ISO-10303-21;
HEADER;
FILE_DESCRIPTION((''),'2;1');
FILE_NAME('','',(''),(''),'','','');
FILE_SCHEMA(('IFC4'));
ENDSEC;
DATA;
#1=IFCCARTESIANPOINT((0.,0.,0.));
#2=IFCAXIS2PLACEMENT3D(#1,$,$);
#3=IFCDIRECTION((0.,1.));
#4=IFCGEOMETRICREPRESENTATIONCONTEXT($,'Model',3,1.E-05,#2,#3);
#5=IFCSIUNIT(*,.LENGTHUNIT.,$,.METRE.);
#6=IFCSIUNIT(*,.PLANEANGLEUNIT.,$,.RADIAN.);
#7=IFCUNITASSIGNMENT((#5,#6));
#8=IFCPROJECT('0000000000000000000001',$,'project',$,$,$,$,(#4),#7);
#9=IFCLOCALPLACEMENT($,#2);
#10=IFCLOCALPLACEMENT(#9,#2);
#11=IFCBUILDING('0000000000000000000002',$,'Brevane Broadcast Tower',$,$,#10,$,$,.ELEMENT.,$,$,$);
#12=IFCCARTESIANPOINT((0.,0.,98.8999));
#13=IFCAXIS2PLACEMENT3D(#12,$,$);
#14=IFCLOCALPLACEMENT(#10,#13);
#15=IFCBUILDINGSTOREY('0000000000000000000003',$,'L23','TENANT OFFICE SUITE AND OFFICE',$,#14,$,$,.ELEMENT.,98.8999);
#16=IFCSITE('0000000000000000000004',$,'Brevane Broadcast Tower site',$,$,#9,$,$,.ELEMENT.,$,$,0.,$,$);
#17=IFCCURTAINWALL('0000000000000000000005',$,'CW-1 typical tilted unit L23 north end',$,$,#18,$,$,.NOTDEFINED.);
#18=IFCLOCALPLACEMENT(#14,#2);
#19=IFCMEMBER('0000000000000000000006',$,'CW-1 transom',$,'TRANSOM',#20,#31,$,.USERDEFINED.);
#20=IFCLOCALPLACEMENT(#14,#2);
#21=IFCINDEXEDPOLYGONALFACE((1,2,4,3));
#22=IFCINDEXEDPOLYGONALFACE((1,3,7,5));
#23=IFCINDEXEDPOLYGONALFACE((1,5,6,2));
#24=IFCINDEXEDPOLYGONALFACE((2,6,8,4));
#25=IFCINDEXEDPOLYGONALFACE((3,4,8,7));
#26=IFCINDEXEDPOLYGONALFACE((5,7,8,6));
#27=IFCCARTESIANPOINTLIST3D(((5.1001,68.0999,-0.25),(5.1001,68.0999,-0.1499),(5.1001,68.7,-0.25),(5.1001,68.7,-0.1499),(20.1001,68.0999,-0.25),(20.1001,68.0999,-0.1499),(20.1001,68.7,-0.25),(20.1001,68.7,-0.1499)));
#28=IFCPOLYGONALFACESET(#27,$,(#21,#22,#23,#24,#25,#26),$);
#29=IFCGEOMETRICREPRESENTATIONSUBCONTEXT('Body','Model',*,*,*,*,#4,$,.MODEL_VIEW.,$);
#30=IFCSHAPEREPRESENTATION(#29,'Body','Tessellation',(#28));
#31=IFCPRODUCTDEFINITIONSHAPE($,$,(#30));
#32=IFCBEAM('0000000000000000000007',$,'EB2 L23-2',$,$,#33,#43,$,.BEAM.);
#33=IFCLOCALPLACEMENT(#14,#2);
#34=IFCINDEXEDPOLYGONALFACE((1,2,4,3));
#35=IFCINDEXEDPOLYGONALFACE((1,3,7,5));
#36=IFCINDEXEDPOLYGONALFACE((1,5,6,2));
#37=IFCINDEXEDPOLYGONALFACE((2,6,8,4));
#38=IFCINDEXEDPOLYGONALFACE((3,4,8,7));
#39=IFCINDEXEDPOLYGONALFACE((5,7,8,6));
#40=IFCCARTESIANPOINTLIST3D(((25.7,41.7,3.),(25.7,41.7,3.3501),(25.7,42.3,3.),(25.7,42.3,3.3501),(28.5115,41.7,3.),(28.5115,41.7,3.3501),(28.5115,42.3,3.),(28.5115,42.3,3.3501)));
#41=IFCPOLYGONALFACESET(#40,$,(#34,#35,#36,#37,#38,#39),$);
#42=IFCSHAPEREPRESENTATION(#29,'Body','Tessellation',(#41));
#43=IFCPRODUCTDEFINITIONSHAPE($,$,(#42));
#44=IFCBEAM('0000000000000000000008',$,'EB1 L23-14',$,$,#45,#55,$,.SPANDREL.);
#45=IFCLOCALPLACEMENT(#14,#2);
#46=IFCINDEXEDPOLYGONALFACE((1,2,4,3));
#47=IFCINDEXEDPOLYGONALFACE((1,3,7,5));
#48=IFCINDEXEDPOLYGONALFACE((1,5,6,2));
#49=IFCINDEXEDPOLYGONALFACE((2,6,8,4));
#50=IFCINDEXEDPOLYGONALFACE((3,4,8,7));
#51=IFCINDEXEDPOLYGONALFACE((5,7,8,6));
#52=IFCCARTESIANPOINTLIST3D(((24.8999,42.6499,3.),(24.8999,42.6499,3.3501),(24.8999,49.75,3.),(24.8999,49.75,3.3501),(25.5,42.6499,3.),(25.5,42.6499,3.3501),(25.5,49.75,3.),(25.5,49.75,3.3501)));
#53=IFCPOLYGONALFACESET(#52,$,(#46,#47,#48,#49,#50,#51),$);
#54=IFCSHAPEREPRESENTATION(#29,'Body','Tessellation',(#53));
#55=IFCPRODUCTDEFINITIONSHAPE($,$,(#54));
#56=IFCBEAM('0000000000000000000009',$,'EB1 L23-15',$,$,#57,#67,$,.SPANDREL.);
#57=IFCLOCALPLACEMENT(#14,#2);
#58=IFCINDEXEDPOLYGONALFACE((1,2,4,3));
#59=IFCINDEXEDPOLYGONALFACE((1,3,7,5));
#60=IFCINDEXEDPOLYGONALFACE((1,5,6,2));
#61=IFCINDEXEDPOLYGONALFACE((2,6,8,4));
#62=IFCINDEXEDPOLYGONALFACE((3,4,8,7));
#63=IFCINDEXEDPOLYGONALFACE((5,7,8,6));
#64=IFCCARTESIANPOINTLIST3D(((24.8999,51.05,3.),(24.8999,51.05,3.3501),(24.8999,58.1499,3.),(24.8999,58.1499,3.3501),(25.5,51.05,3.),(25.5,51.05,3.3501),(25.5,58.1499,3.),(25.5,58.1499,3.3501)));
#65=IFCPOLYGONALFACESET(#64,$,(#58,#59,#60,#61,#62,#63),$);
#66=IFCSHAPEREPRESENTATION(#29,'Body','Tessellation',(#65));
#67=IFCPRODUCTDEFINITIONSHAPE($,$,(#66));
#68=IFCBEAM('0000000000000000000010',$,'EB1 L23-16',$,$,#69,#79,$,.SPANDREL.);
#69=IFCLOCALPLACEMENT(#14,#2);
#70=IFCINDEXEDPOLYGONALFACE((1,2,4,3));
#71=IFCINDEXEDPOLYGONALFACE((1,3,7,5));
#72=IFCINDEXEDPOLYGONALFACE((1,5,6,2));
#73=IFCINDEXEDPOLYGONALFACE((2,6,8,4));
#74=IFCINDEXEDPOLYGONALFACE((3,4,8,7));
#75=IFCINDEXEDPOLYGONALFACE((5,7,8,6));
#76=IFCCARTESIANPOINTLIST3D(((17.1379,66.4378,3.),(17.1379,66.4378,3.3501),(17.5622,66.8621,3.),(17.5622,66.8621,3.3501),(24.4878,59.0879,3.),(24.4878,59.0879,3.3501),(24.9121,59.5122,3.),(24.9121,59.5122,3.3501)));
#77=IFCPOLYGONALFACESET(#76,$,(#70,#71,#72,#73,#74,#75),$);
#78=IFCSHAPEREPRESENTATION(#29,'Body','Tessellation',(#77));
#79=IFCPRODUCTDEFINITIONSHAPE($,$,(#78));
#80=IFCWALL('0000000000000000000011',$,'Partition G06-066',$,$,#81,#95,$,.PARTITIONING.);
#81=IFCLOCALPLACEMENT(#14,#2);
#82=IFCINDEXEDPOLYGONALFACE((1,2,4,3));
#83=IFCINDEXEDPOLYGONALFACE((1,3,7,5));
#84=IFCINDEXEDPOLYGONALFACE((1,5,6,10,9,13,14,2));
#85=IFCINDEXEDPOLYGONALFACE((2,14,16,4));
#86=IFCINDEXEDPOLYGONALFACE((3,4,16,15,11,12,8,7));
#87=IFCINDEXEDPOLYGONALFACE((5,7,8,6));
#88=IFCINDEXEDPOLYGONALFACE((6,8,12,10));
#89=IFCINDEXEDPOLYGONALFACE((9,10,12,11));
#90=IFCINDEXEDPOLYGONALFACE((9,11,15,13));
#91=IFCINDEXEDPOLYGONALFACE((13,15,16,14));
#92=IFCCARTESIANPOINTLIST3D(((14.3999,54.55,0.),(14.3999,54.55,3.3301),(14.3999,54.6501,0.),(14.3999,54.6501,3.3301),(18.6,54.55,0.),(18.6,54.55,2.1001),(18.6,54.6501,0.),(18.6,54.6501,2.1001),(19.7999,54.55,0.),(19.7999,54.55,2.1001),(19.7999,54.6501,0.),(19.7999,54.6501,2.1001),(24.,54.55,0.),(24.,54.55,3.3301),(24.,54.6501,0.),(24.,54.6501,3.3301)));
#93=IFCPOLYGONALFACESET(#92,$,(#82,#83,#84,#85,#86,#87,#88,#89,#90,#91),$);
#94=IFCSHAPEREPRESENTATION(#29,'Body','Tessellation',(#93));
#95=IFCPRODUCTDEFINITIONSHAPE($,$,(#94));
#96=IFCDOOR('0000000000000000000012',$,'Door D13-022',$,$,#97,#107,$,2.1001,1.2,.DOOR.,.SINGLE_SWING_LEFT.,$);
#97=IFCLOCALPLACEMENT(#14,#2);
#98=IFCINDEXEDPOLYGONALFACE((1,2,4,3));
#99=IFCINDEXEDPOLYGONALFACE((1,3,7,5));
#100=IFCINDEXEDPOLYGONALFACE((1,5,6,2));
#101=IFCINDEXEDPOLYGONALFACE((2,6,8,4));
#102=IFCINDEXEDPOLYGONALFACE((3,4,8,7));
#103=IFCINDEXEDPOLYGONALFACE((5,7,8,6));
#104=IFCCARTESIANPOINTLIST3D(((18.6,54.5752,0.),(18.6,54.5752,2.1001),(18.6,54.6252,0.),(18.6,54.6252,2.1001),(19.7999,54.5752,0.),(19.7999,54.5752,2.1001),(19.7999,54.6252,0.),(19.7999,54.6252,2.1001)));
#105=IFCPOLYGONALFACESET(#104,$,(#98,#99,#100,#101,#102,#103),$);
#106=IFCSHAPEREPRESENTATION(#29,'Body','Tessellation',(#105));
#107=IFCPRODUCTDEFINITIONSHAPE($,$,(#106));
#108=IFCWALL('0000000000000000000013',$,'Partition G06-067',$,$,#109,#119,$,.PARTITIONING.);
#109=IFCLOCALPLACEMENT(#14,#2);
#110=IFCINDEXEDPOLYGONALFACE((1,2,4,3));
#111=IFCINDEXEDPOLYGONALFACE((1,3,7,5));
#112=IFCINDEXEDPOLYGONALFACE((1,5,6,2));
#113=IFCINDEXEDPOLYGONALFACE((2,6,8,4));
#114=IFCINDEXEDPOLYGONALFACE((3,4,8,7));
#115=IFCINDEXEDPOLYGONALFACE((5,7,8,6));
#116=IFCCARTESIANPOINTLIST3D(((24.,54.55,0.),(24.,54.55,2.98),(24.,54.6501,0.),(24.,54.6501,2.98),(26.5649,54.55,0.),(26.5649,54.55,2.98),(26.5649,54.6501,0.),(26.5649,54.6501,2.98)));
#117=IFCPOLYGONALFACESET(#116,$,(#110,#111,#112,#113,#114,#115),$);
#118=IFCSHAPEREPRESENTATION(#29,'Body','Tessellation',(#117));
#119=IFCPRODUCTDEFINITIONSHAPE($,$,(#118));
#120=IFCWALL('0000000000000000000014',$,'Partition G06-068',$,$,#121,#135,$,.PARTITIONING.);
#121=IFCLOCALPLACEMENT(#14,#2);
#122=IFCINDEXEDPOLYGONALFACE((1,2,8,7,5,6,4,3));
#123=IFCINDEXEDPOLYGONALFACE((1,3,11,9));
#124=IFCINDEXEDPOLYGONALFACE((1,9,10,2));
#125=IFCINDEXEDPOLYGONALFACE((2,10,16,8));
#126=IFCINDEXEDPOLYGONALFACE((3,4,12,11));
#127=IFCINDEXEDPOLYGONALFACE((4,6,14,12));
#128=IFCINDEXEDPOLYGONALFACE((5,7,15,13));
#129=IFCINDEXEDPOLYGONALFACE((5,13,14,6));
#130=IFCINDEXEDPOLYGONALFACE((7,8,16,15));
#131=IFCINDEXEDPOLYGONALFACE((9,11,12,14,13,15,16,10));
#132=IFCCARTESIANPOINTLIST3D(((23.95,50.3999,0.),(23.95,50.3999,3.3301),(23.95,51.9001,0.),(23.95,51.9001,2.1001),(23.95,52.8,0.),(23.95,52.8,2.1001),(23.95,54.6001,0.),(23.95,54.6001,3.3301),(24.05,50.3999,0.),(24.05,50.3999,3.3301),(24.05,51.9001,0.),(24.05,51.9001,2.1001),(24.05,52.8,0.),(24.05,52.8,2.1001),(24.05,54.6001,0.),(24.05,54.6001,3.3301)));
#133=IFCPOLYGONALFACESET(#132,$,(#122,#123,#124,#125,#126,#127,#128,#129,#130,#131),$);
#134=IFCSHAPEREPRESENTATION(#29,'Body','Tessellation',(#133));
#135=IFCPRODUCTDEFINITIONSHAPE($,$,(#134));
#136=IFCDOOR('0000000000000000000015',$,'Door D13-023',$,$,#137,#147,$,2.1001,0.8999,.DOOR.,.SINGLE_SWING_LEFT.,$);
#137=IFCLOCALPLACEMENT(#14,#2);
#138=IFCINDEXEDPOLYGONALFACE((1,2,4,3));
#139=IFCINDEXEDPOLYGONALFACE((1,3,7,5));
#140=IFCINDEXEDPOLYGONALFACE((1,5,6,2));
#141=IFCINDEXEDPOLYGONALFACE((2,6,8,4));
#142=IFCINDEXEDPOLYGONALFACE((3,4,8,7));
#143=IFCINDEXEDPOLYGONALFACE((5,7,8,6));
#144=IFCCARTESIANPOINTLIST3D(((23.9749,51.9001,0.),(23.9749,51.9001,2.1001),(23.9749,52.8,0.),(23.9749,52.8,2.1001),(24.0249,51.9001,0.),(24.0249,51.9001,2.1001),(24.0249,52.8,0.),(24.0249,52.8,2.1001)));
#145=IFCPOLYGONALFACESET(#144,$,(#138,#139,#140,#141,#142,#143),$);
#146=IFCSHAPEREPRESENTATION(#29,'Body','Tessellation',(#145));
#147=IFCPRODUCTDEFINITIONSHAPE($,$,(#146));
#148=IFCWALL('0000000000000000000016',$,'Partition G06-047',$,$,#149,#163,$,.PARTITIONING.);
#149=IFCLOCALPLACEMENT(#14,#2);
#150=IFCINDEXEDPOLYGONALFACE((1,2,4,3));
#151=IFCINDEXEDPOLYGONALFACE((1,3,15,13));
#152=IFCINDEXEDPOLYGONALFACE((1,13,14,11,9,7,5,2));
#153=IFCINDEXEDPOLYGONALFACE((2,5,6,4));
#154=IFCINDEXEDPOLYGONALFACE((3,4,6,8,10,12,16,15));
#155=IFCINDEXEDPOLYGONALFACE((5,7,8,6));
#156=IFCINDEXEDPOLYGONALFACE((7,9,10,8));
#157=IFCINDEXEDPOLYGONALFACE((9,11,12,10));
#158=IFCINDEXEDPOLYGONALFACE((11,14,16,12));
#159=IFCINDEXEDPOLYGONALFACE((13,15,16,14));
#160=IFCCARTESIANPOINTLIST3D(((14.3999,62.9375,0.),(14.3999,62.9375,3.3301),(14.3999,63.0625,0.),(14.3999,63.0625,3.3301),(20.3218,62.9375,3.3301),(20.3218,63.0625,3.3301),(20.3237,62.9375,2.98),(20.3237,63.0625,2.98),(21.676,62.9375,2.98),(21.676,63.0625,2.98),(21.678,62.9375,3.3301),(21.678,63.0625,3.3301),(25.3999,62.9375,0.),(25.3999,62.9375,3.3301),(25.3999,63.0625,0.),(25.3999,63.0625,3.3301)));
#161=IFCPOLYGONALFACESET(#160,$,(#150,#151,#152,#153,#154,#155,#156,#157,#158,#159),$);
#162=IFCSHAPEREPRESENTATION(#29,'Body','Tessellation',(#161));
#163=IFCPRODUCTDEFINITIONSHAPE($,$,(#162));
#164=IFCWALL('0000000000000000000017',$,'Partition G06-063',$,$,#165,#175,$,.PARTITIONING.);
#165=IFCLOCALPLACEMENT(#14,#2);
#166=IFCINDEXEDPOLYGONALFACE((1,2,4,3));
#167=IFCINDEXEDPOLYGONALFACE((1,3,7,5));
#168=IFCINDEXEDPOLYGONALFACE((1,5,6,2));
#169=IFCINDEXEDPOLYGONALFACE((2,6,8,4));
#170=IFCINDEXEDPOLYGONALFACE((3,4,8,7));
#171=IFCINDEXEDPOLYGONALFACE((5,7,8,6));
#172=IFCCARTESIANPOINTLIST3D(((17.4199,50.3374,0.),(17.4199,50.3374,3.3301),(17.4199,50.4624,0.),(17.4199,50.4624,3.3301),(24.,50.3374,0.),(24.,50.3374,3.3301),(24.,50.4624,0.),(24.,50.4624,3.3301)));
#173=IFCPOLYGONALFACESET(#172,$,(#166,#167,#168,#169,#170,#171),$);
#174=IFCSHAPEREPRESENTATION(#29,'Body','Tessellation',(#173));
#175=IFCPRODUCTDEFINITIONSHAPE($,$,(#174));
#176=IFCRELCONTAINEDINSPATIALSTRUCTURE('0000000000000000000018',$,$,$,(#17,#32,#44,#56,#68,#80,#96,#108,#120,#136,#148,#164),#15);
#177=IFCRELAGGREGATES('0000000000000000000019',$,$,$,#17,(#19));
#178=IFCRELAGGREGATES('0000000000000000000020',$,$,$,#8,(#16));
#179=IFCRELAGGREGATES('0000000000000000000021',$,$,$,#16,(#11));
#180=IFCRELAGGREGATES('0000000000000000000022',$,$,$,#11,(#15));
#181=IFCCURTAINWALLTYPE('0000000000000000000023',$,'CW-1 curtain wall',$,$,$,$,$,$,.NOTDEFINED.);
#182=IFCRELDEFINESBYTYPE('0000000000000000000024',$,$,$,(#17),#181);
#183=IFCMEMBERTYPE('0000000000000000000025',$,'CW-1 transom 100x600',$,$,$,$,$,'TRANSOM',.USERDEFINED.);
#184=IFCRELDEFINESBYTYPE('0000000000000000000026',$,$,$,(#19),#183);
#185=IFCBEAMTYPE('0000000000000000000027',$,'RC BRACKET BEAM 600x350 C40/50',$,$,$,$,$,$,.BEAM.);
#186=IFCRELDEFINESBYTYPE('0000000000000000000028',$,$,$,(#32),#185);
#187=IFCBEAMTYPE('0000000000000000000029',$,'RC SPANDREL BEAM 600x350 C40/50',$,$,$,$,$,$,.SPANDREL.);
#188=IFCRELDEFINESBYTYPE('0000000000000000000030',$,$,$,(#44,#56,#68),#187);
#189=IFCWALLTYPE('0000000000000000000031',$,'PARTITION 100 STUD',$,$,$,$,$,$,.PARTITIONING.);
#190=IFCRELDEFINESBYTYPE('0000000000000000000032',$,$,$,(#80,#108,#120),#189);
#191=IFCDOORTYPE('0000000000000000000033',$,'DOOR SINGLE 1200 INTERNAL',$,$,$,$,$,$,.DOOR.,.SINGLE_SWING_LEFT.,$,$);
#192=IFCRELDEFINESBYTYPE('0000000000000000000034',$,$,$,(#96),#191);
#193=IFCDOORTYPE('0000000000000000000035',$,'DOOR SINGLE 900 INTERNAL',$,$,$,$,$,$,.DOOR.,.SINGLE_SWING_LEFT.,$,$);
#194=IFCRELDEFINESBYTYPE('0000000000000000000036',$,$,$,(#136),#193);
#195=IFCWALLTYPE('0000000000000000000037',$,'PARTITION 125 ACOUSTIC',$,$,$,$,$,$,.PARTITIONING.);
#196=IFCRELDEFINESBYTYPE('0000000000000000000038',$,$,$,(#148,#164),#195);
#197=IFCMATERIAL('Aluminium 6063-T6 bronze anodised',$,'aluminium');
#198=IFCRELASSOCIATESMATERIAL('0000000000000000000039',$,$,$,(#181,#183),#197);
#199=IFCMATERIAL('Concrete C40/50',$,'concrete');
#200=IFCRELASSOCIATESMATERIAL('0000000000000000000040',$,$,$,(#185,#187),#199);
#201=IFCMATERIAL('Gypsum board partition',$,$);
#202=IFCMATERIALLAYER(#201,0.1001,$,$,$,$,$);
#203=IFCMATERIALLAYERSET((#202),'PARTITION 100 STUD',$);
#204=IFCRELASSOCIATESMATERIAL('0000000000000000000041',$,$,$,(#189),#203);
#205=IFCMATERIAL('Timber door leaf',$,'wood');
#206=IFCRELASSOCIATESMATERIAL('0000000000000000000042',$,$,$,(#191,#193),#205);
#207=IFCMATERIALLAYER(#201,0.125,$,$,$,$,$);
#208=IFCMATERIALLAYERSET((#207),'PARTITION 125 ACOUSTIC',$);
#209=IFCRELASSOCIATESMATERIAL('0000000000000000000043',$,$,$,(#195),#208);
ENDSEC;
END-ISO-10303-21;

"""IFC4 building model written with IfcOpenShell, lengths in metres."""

from ifc_helpers import new_model, si_unit, direction, frame, frame_2d, origin, origin_2d, place, context, subcontext, project, spatial, polyline, rectangle, outline, extrude, material, layer, layer_set, material_profile, profile_set, type_object, element, fill, aggregate, save


model = new_model("IFC4")

# Units and contexts
model_context = context("Model", 3, precision=1e-05, world=origin(), true_north=direction((0.0, 1.0)))
body_context = subcontext(model_context, "Body", "Model", "MODEL_VIEW")
ifc_project = project(units=[si_unit("LENGTHUNIT", "METRE"), si_unit("PLANEANGLEUNIT", "RADIAN")], contexts=[model_context])

# Site, building, storey
site_placement = place(None, origin())
site = spatial("IfcSite", under=ifc_project, at=site_placement, Name="Brevane Broadcast Tower site", CompositionType="ELEMENT", RefElevation=0.0)
building_placement = place(site_placement, origin())
building = spatial("IfcBuilding", under=site, at=building_placement, Name="Brevane Broadcast Tower", CompositionType="ELEMENT")
storey_placement = place(building_placement, frame((0.0, 0.0, 98.8999)))
storey = spatial("IfcBuildingStorey", under=building, at=storey_placement, Name="L23", Description="TENANT OFFICE SUITE AND OFFICE", CompositionType="ELEMENT", Elevation=98.8999)

# Shared definitions
ifc_material_1 = material(Name="Aluminium 6063-T6 bronze anodised", Category="aluminium")
curtain_wall_type = type_object("IfcCurtainWallType", Name="CW-1 curtain wall", PredefinedType="NOTDEFINED", material=ifc_material_1)

# Curtain wall
curtain_wall_1_placement = place(storey_placement, origin())
curtain_wall_1 = element("IfcCurtainWall", 1, at=curtain_wall_1_placement, inside=storey, type_object=curtain_wall_type, Name="CW-1 typical tilted unit L23 north end", PredefinedType="NOTDEFINED")

# Member
ifc_material_profile_1 = material_profile(ifc_material_1, rectangle(XDim=0.6001, YDim=0.1001, at=origin_2d()), Name="RECT 100x600")
ifc_profile_set_1 = profile_set([ifc_material_profile_1], Name="Aluminium 6063-T6 bronze anodised")
member_type_1 = type_object("IfcMemberType", Name="CW-1 transom 100x600", ElementType="TRANSOM", PredefinedType="USERDEFINED", material=ifc_profile_set_1)
member_1_placement = place(storey_placement, frame((20.1001, 68.3999, -0.2), z_axis=(-1.0, 0.0, 0.0), x_axis=(0.0, -1.0, 0.0)))
member_1 = element("IfcMember", 2, at=member_1_placement, type_object=member_type_1, Name="CW-1 transom", ObjectType="TRANSOM", PredefinedType="USERDEFINED", context=body_context, shape_type="SweptSolid", body=[
    extrude(rectangle(XDim=0.6001, YDim=0.1001, at=origin_2d()), origin(), (0.0, 0.0, 1.0), 15.0),
])
aggregate(curtain_wall_1, [member_1])

# Beams
ifc_material_2 = material(Name="Concrete C40/50", Category="concrete")
ifc_material_profile_2 = material_profile(ifc_material_2, rectangle(XDim=0.6001, YDim=0.3501, at=origin_2d()), Name="RC 600x350")
ifc_profile_set_2 = profile_set([ifc_material_profile_2], Name="Concrete C40/50")
beam_type_1 = type_object("IfcBeamType", Name="RC BRACKET BEAM 600x350 C40/50", PredefinedType="BEAM", material=ifc_profile_set_2)
beam_1_placement = place(storey_placement, frame((25.7, 42.0, 3.175), z_axis=(1.0, 0.0, 0.0), x_axis=(0.0, 1.0, 0.0)))
element("IfcBeam", 3, at=beam_1_placement, inside=storey, type_object=beam_type_1, Name="EB2 L23-2", PredefinedType="BEAM", context=body_context, shape_type="SweptSolid", body=[
    extrude(rectangle(XDim=0.6001, YDim=0.3501, at=origin_2d()), origin(), (0.0, 0.0, 1.0), 2.8115),
])
ifc_material_profile_3 = material_profile(ifc_material_2, rectangle(XDim=0.6001, YDim=0.3501, at=origin_2d()), Name="RC 600x350")
ifc_profile_set_3 = profile_set([ifc_material_profile_3], Name="Concrete C40/50")
beam_type_2 = type_object("IfcBeamType", Name="RC SPANDREL BEAM 600x350 C40/50", PredefinedType="SPANDREL", material=ifc_profile_set_3)
beam_2_placement = place(storey_placement, frame((25.2, 42.6499, 3.175), z_axis=(0.0, 1.0, 0.0), x_axis=(-1.0, 0.0, 0.0)))
element("IfcBeam", 4, at=beam_2_placement, inside=storey, type_object=beam_type_2, Name="EB1 L23-14", PredefinedType="SPANDREL", context=body_context, shape_type="SweptSolid", body=[
    extrude(rectangle(XDim=0.6001, YDim=0.3501, at=origin_2d()), origin(), (0.0, 0.0, 1.0), 7.1001),
])
beam_3_placement = place(storey_placement, frame((25.2, 51.05, 3.175), z_axis=(0.0, 1.0, 0.0), x_axis=(-1.0, 0.0, 0.0)))
element("IfcBeam", 5, at=beam_3_placement, inside=storey, type_object=beam_type_2, Name="EB1 L23-15", PredefinedType="SPANDREL", context=body_context, shape_type="SweptSolid", body=[
    extrude(rectangle(XDim=0.6001, YDim=0.3501, at=origin_2d()), origin(), (0.0, 0.0, 1.0), 7.0999),
])
beam_4_placement = place(storey_placement, frame((24.7, 59.3, 3.175), z_axis=(-0.707107, 0.707107, 0.0), x_axis=(-0.707107, -0.707107, 0.0)))
element("IfcBeam", 6, at=beam_4_placement, inside=storey, type_object=beam_type_2, Name="EB1 L23-16", PredefinedType="SPANDREL", context=body_context, shape_type="SweptSolid", body=[
    extrude(rectangle(XDim=0.6001, YDim=0.3501, at=origin_2d()), origin(), (0.0, 0.0, 1.0), 10.3943),
])

# Wall, opening, door
ifc_material_3 = material(Name="Gypsum board partition")
ifc_layer_1 = layer(ifc_material_3, 0.1001)
ifc_layer_set_1 = layer_set([ifc_layer_1], Name="PARTITION 100 STUD")
wall_type_1 = type_object("IfcWallType", Name="PARTITION 100 STUD", PredefinedType="PARTITIONING", material=ifc_layer_set_1)
wall_1_placement = place(storey_placement, frame((24.0, 54.6001, 0.0), z_axis=(0.0, 0.0, 1.0), x_axis=(-1.0, 0.0, 0.0)))
wall_1 = element("IfcWall", 7, at=wall_1_placement, inside=storey, type_object=wall_type_1, Name="Partition G06-066", PredefinedType="PARTITIONING", context=body_context, shape_type="SweptSolid", body=[
    extrude(rectangle(XDim=9.6001, YDim=0.1001, at=frame_2d((4.8, 0.0))), origin(), (0.0, 0.0, 1.0), 3.3301),
])
opening_1_placement = place(wall_1_placement, frame((4.2, 0.0, 0.0)))
opening_1 = element("IfcOpeningElement", 8, at=opening_1_placement, cuts=wall_1, PredefinedType="OPENING", context=body_context, shape_type="SweptSolid", body=[
    extrude(rectangle(XDim=1.2, YDim=2.1001, at=frame_2d((0.6001, 1.05))), frame((0.0, 0.0601, 0.0), z_axis=(0.0, -1.0, 0.0), x_axis=(1.0, 0.0, 0.0)), (0.0, 0.0, 1.0), 0.1201),
])
ifc_material_4 = material(Name="Timber door leaf", Category="wood")
door_type_1 = type_object("IfcDoorType", Name="DOOR SINGLE 1200 INTERNAL", OperationType="SINGLE_SWING_LEFT", PredefinedType="DOOR", material=ifc_material_4)
door_1_placement = place(opening_1_placement, origin())
door_1 = element("IfcDoor", 9, at=door_1_placement, inside=storey, type_object=door_type_1, Name="Door D13-022", OperationType="SINGLE_SWING_LEFT", OverallHeight=2.1001, OverallWidth=1.2, PredefinedType="DOOR", context=body_context, shape_type="SweptSolid", body=[
    extrude(rectangle(XDim=1.2, YDim=2.1001, at=frame_2d((0.6001, 1.05))), frame((0.0, 0.0249, 0.0), z_axis=(0.0, -1.0, 0.0), x_axis=(1.0, 0.0, 0.0)), (0.0, 0.0, 1.0), 0.05),
])
fill(opening_1, door_1)

# Wall
wall_2_placement = place(storey_placement, frame((26.5649, 54.6001, 0.0), z_axis=(0.0, 0.0, 1.0), x_axis=(-1.0, 0.0, 0.0)))
element("IfcWall", 10, at=wall_2_placement, inside=storey, type_object=wall_type_1, Name="Partition G06-067", PredefinedType="PARTITIONING", context=body_context, shape_type="SweptSolid", body=[
    extrude(rectangle(XDim=2.5649, YDim=0.1001, at=frame_2d((1.2825, 0.0))), origin(), (0.0, 0.0, 1.0), 2.98),
])

# Wall, opening, door
wall_3_placement = place(storey_placement, frame((24.0, 54.6001, 0.0), z_axis=(0.0, 0.0, 1.0), x_axis=(0.0, -1.0, 0.0)))
wall_3 = element("IfcWall", 11, at=wall_3_placement, inside=storey, type_object=wall_type_1, Name="Partition G06-068", PredefinedType="PARTITIONING", context=body_context, shape_type="SweptSolid", body=[
    extrude(rectangle(XDim=4.2002, YDim=0.1001, at=frame_2d((2.1001, 0.0))), origin(), (0.0, 0.0, 1.0), 3.3301),
])
opening_2_placement = place(wall_3_placement, frame((1.8, 0.0, 0.0)))
opening_2 = element("IfcOpeningElement", 12, at=opening_2_placement, cuts=wall_3, PredefinedType="OPENING", context=body_context, shape_type="SweptSolid", body=[
    extrude(rectangle(XDim=0.8999, YDim=2.1001, at=frame_2d((0.45, 1.05))), frame((0.0, 0.0601, 0.0), z_axis=(0.0, -1.0, 0.0), x_axis=(1.0, 0.0, 0.0)), (0.0, 0.0, 1.0), 0.1201),
])
door_type_2 = type_object("IfcDoorType", Name="DOOR SINGLE 900 INTERNAL", OperationType="SINGLE_SWING_LEFT", PredefinedType="DOOR", material=ifc_material_4)
door_2_placement = place(opening_2_placement, origin())
door_2 = element("IfcDoor", 13, at=door_2_placement, inside=storey, type_object=door_type_2, Name="Door D13-023", OperationType="SINGLE_SWING_LEFT", OverallHeight=2.1001, OverallWidth=0.8999, PredefinedType="DOOR", context=body_context, shape_type="SweptSolid", body=[
    extrude(rectangle(XDim=0.8999, YDim=2.1001, at=frame_2d((0.45, 1.05))), frame((0.0, 0.0249, 0.0), z_axis=(0.0, -1.0, 0.0), x_axis=(1.0, 0.0, 0.0)), (0.0, 0.0, 1.0), 0.05),
])
fill(opening_2, door_2)

# Walls
ifc_layer_2 = layer(ifc_material_3, 0.125)
ifc_layer_set_2 = layer_set([ifc_layer_2], Name="PARTITION 125 ACOUSTIC")
wall_type_2 = type_object("IfcWallType", Name="PARTITION 125 ACOUSTIC", PredefinedType="PARTITIONING", material=ifc_layer_set_2)
wall_4_placement = place(storey_placement, frame((25.3999, 63.0, 0.0), z_axis=(0.0, 0.0, 1.0), x_axis=(-1.0, 0.0, 0.0)))
element("IfcWall", 14, at=wall_4_placement, inside=storey, type_object=wall_type_2, Name="Partition G06-047", PredefinedType="PARTITIONING", context=body_context, shape_type="SweptSolid", body=[
    extrude(outline(polyline([(0.0, 0.0), (11.0, 0.0), (11.0, 3.3301), (5.0781, 3.3301), (5.0762, 2.98), (3.7239, 2.98), (3.7219, 3.3301), (0.0, 3.3301), (0.0, 0.0)])), frame((0.0, 0.0625, 0.0), z_axis=(0.0, -1.0, 0.0), x_axis=(1.0, 0.0, 0.0)), (0.0, 0.0, 1.0), 0.125),
])
wall_5_placement = place(storey_placement, frame((17.4199, 50.3999, 0.0), z_axis=(0.0, 0.0, 1.0), x_axis=(1.0, 0.0, 0.0)))
element("IfcWall", 15, at=wall_5_placement, inside=storey, type_object=wall_type_2, Name="Partition G06-063", PredefinedType="PARTITIONING", context=body_context, shape_type="SweptSolid", body=[
    extrude(rectangle(XDim=6.5801, YDim=0.125, at=frame_2d((3.29, 0.0))), origin(), (0.0, 0.0, 1.0), 3.3301),
])

save(model, "model.ifc")
